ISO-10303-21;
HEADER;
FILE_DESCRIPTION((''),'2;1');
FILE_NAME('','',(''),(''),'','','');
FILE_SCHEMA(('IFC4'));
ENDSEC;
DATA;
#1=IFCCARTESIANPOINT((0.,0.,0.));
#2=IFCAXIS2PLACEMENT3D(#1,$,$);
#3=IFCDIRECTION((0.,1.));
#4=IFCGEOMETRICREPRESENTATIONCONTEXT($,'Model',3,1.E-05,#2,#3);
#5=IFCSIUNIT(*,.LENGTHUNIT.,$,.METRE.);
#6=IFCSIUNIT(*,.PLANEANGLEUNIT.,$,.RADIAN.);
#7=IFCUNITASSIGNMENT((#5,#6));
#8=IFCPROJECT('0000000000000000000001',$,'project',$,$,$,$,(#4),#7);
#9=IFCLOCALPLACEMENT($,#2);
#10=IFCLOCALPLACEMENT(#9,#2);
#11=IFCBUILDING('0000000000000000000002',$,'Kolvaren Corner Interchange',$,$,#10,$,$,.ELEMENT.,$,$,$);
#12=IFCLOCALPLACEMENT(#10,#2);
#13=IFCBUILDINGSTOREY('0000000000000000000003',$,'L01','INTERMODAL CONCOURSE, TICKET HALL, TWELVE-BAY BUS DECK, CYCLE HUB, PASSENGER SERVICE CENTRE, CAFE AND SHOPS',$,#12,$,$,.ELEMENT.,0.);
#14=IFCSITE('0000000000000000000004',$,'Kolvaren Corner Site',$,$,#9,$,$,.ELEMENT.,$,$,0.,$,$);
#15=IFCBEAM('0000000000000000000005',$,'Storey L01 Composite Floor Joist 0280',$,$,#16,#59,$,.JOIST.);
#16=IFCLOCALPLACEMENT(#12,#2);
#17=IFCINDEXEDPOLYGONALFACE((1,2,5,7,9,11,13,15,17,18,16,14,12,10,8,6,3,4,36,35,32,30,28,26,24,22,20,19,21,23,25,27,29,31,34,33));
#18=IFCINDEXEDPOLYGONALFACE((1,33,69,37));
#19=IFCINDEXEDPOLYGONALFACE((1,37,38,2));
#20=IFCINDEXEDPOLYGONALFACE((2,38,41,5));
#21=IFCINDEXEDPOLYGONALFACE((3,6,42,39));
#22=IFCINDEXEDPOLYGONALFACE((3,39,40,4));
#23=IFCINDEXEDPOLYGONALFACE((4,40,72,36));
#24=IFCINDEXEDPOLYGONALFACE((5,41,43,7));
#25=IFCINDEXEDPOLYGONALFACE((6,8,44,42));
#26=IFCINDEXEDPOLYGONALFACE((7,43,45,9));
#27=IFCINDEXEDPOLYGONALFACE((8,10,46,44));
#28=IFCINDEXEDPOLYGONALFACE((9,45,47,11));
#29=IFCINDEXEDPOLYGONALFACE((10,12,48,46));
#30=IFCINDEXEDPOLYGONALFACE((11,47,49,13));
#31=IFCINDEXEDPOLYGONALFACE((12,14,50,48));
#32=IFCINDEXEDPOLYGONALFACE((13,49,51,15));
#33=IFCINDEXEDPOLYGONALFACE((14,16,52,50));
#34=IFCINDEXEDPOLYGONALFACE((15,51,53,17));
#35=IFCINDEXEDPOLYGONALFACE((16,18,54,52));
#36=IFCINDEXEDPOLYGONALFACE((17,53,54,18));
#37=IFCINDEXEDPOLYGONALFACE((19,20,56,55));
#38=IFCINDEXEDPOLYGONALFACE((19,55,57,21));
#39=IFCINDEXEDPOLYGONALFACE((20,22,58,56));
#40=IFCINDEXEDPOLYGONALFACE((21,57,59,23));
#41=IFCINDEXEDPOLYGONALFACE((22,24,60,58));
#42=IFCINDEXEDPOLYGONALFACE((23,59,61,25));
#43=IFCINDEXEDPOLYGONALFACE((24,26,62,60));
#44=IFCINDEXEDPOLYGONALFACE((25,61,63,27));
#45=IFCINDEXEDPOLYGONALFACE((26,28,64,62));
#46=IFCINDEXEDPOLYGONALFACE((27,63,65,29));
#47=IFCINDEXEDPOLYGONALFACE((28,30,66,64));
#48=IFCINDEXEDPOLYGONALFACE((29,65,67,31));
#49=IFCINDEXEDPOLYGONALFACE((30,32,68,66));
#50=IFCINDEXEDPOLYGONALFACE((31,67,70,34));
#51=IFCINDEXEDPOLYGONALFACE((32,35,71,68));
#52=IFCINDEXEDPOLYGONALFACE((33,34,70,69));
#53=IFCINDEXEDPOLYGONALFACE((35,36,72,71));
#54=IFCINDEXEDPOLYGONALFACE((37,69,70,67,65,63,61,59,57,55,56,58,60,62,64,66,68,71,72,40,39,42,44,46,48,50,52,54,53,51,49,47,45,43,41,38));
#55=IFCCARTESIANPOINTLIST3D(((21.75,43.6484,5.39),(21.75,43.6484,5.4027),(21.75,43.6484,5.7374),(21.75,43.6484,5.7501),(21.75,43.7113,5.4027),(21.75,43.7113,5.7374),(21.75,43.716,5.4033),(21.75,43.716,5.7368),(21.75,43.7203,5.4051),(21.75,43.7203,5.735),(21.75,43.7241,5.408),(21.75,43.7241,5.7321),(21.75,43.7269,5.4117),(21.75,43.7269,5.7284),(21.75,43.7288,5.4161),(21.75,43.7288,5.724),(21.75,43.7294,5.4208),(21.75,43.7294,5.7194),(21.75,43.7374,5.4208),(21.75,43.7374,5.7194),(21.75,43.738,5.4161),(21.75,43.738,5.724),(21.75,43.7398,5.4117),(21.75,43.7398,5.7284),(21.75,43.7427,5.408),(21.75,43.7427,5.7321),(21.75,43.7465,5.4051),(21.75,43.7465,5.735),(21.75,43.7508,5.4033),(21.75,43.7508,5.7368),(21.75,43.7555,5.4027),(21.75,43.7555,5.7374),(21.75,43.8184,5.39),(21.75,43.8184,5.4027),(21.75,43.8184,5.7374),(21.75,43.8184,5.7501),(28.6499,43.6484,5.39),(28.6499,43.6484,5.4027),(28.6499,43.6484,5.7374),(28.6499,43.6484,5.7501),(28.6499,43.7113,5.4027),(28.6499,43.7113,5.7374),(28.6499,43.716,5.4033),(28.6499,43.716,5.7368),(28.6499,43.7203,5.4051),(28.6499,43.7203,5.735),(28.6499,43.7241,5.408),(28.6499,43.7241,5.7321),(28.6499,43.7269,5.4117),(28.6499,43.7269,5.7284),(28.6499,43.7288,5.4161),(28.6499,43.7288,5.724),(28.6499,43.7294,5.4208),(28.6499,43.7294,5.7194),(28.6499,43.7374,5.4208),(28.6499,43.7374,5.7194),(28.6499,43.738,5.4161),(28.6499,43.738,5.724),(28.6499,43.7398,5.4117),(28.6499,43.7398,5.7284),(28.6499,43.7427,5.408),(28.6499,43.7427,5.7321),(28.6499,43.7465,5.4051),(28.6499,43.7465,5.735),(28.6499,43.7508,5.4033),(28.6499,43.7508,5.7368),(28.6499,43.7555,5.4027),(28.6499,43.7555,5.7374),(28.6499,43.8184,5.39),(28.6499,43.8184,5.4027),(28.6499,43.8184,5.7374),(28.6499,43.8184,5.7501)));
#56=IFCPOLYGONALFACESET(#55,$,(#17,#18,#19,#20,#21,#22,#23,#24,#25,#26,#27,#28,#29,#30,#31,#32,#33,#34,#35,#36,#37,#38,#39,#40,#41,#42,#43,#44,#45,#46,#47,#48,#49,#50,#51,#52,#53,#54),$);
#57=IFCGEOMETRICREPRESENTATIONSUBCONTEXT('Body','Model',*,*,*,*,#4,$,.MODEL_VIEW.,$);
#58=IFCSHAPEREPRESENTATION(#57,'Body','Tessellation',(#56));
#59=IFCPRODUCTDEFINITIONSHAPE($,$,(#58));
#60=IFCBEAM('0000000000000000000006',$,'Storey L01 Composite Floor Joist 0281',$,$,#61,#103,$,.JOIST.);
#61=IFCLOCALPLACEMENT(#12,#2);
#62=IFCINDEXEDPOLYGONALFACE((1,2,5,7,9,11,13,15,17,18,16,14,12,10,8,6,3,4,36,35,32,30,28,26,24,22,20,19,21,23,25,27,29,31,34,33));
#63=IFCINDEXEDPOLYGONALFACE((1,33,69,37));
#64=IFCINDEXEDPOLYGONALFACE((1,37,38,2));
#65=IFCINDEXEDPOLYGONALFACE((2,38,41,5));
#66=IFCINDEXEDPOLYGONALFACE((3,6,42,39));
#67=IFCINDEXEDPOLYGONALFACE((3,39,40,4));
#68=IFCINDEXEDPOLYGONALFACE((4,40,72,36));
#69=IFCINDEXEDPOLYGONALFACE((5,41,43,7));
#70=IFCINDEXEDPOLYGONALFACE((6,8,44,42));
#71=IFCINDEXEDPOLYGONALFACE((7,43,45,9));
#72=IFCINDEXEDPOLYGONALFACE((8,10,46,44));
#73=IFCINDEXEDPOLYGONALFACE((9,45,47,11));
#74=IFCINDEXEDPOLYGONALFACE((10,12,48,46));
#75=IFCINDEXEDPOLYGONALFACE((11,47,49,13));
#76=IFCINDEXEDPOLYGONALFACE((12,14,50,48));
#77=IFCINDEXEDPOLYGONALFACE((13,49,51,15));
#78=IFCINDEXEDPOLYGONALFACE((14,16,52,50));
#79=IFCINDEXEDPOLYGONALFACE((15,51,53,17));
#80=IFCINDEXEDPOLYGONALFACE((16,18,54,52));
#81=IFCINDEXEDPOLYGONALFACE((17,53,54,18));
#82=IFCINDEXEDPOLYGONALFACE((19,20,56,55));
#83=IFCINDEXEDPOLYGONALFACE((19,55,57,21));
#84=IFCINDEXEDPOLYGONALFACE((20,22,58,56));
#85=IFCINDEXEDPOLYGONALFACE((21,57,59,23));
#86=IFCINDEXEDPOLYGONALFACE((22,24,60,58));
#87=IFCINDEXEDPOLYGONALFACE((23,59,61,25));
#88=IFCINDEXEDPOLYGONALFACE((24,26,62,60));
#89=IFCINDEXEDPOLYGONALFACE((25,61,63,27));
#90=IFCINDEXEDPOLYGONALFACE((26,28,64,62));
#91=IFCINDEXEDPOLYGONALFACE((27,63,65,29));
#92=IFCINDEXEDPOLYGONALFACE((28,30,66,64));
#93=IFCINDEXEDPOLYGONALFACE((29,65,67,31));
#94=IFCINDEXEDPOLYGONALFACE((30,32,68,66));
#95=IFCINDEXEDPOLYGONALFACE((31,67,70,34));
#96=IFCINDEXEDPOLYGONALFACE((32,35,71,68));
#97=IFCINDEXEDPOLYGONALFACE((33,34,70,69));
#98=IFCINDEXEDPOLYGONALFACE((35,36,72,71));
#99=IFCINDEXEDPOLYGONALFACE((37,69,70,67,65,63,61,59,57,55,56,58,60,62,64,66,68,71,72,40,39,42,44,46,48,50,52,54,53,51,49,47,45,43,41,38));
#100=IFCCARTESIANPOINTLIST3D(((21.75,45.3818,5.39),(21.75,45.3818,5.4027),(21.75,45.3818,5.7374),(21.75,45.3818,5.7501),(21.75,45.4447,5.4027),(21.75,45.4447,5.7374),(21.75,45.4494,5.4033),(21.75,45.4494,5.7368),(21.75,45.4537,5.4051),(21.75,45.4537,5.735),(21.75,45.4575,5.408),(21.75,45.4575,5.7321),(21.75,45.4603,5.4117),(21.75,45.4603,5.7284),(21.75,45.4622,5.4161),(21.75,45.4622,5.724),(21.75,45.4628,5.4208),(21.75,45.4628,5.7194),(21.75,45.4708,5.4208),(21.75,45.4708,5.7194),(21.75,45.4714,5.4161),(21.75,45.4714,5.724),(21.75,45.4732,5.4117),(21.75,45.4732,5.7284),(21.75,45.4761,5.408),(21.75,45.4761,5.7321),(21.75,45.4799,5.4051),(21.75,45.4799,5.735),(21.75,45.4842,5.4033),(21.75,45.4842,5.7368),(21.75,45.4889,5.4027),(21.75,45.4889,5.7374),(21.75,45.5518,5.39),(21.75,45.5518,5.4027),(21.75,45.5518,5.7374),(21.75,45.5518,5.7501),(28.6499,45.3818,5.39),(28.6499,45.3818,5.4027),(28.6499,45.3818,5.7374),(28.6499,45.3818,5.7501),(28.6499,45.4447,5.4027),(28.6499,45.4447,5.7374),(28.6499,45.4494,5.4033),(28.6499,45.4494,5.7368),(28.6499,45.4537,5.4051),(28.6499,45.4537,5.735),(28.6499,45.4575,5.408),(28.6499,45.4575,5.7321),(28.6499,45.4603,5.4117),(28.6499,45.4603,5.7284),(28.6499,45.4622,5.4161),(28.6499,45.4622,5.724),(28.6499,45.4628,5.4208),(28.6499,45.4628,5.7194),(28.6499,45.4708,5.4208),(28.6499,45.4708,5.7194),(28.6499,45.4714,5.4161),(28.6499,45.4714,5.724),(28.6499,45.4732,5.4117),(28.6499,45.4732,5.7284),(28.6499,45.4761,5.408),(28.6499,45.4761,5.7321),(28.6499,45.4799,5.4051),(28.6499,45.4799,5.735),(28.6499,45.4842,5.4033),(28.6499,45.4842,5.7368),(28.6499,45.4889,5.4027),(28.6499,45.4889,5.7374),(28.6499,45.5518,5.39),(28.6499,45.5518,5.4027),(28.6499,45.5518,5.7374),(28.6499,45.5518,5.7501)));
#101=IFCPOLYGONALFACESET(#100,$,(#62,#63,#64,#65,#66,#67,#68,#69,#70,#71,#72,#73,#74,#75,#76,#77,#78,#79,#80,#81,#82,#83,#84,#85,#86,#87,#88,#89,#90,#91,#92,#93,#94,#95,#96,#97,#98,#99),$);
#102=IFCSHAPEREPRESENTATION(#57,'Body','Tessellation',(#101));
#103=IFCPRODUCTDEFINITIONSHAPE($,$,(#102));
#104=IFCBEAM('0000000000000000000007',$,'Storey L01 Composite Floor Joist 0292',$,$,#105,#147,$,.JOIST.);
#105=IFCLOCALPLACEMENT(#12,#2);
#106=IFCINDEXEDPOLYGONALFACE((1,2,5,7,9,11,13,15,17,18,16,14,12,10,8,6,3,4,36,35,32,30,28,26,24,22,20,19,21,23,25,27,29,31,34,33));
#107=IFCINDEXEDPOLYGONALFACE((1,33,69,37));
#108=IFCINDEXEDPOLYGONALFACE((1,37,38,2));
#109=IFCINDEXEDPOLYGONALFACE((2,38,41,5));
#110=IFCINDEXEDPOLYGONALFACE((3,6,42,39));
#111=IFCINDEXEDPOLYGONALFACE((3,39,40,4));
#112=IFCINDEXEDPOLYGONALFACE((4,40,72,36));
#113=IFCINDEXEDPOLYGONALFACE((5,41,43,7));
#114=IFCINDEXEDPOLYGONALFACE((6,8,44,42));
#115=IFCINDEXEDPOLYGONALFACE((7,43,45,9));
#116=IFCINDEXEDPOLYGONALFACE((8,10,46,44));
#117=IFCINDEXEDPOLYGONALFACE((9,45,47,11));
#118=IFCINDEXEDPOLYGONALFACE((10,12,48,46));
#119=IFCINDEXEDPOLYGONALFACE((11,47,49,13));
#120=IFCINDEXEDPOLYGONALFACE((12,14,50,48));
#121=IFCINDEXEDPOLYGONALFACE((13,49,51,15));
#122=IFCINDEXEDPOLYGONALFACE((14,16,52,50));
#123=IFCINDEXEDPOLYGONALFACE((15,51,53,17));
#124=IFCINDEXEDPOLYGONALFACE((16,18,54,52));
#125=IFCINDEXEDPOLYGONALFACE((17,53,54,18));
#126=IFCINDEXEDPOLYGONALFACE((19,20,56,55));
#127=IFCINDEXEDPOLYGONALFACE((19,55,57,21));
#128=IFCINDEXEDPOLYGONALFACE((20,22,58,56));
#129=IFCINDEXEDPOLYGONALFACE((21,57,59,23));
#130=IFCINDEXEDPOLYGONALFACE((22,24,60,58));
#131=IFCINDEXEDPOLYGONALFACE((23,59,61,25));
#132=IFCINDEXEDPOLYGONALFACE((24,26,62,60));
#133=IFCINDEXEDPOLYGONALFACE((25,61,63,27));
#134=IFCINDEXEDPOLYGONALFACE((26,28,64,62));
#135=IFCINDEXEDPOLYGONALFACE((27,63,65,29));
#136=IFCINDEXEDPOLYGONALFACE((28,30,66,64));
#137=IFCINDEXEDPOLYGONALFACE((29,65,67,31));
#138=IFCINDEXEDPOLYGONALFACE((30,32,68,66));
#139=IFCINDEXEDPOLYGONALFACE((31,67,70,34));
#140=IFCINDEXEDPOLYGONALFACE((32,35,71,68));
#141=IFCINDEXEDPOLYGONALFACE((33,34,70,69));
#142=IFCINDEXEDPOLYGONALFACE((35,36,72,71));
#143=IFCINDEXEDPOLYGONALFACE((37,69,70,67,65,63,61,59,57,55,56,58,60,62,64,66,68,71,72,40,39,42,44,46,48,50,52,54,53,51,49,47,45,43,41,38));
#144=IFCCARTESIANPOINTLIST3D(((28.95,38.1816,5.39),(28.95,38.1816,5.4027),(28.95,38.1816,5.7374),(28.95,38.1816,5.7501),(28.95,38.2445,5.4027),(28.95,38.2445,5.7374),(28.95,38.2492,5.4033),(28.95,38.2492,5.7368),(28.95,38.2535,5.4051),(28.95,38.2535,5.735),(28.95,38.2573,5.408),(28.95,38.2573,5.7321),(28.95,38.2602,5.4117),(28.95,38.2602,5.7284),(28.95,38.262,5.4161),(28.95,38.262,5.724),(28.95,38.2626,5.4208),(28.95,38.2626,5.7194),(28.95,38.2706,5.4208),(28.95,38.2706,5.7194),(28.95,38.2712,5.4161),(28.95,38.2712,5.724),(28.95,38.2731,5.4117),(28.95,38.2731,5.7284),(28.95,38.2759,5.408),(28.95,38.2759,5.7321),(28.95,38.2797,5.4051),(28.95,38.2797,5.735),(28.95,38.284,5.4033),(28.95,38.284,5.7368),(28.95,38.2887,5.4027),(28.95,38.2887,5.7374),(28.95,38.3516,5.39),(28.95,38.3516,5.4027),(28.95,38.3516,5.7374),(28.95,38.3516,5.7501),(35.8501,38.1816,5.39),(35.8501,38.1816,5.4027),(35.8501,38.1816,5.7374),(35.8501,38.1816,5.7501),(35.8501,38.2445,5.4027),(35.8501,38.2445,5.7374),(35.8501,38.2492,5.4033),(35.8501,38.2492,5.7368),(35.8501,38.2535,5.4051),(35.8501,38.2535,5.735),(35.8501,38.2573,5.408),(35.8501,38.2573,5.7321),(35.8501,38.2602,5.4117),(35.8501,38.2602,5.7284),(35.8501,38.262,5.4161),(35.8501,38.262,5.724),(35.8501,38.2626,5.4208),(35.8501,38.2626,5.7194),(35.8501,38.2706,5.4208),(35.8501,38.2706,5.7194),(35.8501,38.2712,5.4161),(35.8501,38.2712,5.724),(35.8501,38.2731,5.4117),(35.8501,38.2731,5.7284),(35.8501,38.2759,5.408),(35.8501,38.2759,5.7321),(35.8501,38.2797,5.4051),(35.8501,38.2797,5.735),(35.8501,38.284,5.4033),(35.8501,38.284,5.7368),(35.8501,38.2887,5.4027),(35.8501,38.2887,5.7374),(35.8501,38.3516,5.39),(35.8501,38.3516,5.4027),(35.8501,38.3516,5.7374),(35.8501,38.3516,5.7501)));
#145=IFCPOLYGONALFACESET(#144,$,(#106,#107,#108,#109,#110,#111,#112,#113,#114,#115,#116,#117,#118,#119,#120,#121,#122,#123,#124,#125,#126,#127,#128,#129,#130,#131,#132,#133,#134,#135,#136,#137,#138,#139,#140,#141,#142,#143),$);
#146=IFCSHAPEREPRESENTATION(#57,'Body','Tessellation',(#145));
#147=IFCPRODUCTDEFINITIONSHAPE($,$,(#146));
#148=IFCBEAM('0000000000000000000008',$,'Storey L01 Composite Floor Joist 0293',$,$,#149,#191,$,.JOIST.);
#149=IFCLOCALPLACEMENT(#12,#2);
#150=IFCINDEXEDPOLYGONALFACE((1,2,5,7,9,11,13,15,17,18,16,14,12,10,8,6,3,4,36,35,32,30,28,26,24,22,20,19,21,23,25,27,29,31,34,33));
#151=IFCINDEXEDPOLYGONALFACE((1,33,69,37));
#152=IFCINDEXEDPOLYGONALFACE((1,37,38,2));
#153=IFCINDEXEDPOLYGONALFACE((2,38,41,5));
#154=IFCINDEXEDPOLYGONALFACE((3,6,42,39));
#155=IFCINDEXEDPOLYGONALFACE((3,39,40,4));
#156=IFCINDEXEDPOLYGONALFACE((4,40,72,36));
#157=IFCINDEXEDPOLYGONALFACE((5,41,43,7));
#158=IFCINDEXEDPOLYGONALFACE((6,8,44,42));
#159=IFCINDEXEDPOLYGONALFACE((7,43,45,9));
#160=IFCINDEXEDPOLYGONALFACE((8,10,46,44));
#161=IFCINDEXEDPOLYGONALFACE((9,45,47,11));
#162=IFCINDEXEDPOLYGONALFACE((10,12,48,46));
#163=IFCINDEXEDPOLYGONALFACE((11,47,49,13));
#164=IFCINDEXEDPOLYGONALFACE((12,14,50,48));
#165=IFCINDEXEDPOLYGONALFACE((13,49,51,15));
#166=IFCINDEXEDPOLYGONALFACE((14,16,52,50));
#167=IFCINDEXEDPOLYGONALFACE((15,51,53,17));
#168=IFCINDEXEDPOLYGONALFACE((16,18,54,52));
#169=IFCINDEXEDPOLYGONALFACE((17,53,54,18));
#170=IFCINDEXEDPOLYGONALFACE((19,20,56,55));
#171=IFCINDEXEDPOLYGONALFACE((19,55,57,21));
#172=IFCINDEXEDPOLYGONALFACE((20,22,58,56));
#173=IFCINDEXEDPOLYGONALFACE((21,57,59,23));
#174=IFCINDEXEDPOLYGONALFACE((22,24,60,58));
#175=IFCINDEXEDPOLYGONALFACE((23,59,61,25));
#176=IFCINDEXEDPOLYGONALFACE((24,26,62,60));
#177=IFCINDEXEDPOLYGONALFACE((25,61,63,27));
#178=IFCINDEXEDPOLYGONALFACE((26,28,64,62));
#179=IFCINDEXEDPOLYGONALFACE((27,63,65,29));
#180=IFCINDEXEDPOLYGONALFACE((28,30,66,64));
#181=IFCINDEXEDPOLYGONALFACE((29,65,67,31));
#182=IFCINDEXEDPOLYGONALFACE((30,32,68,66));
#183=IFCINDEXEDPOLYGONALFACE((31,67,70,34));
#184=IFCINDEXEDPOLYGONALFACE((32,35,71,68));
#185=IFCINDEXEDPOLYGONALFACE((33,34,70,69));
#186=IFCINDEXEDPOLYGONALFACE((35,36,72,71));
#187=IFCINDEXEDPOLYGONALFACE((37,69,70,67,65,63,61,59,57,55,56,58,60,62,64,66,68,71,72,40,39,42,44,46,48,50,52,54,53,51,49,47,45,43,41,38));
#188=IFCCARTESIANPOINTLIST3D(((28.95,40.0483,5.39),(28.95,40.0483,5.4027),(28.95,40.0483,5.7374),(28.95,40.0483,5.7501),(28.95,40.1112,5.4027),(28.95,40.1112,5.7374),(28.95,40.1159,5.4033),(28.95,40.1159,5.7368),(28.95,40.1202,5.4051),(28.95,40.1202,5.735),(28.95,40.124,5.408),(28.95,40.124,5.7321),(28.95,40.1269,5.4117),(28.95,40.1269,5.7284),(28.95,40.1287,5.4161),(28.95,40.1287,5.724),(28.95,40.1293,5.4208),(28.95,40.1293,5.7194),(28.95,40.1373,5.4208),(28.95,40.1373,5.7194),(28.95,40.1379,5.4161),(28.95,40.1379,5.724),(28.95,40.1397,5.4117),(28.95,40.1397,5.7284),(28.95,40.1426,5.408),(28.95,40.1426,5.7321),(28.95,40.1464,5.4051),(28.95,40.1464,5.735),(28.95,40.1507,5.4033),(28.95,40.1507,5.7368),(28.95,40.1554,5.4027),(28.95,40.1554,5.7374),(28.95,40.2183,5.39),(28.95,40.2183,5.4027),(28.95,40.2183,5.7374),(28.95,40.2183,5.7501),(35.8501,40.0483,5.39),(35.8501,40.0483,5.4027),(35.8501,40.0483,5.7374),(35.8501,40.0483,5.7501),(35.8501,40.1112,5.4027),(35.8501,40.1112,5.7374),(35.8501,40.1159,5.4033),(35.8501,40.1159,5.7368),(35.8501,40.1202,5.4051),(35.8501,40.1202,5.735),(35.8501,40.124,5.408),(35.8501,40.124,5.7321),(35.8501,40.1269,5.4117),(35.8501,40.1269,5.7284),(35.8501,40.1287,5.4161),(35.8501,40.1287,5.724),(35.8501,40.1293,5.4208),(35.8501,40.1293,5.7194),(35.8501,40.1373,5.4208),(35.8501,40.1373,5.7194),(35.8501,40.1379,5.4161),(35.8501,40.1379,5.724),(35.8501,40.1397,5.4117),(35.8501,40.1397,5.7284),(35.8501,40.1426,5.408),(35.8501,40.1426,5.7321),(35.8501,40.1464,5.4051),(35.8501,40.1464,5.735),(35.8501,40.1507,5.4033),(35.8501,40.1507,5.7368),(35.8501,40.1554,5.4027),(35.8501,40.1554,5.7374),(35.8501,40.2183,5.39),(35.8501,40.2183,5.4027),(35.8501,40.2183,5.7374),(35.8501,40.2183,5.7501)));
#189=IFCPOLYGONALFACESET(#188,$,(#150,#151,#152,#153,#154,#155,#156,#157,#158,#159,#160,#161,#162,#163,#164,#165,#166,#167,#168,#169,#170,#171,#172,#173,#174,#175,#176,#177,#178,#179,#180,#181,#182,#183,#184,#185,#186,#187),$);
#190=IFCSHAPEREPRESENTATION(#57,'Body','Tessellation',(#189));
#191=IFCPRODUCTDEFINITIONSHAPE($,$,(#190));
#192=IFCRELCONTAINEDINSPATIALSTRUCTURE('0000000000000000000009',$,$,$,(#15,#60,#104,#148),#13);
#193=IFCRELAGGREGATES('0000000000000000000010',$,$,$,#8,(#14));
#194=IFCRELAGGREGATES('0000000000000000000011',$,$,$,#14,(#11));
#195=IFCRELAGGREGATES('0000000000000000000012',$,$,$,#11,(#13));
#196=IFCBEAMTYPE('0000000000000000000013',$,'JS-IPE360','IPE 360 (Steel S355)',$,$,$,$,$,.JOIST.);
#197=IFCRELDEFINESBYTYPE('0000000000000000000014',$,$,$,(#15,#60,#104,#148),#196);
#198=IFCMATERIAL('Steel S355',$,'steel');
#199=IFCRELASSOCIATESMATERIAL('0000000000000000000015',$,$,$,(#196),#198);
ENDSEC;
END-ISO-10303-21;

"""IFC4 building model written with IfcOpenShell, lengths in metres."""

from ifc_helpers import new_model, si_unit, direction, frame, origin, origin_2d, place, context, subcontext, project, spatial, i_section, extrude, material, material_profile, profile_set, type_object, element, save


model = new_model("IFC4")

# Units and contexts
model_context = context("Model", 3, precision=1e-05, world=origin(), true_north=direction((0.0, 1.0)))
body_context = subcontext(model_context, "Body", "Model", "MODEL_VIEW")
ifc_project = project(units=[si_unit("LENGTHUNIT", "METRE"), si_unit("PLANEANGLEUNIT", "RADIAN")], contexts=[model_context])

# Site, building, storey
site_placement = place(None, origin())
site = spatial("IfcSite", under=ifc_project, at=site_placement, Name="Kolvaren Corner Site", CompositionType="ELEMENT", RefElevation=0.0)
building_placement = place(site_placement, origin())
building = spatial("IfcBuilding", under=site, at=building_placement, Name="Kolvaren Corner Interchange", CompositionType="ELEMENT")
storey_placement = place(building_placement, origin())
storey = spatial("IfcBuildingStorey", under=building, at=storey_placement, Name="L01", Description="INTERMODAL CONCOURSE, TICKET HALL, TWELVE-BAY BUS DECK, CYCLE HUB, PASSENGER SERVICE CENTRE, CAFE AND SHOPS", CompositionType="ELEMENT", Elevation=0.0)

# Beams
ifc_material_1 = material(Name="Steel S355", Category="steel")
ifc_material_profile_1 = material_profile(ifc_material_1, i_section(OverallWidth=0.1699, OverallDepth=0.3601, WebThickness=0.0081, FlangeThickness=0.0127, FilletRadius=0.0181, at=origin_2d()), Name="IPE 360")
ifc_profile_set_1 = profile_set([ifc_material_profile_1], Name="Steel S355")
beam_type_1 = type_object("IfcBeamType", Name="JS-IPE360", Description="IPE 360 (Steel S355)", PredefinedType="JOIST", material=ifc_profile_set_1)
for number, where, z_axis, x_axis, name in (
    (1, (21.75, 43.7334, 5.5701), (1.0, 0.0, 0.0), (0.0, 1.0, 0.0), "Storey L01 Composite Floor Joist 0280"),
    (2, (21.75, 45.4668, 5.5701), (1.0, 0.0, 0.0), (0.0, 1.0, 0.0), "Storey L01 Composite Floor Joist 0281"),
):
    element("IfcBeam", number, at=place(storey_placement, frame(where, z_axis=z_axis, x_axis=x_axis)), inside=storey, type_object=beam_type_1, Name=name, PredefinedType="JOIST", context=body_context, shape_type="SweptSolid", body=[
        extrude(i_section(OverallWidth=0.1699, OverallDepth=0.3601, WebThickness=0.0081, FlangeThickness=0.0127, FilletRadius=0.0181, at=origin_2d()), origin(), (0.0, 0.0, 1.0), 6.8999),
    ])
for number, where, z_axis, x_axis, name in (
    (3, (28.95, 38.2666, 5.5701), (1.0, 0.0, 0.0), (0.0, 1.0, 0.0), "Storey L01 Composite Floor Joist 0292"),
    (4, (28.95, 40.1333, 5.5701), (1.0, 0.0, 0.0), (0.0, 1.0, 0.0), "Storey L01 Composite Floor Joist 0293"),
):
    element("IfcBeam", number, at=place(storey_placement, frame(where, z_axis=z_axis, x_axis=x_axis)), inside=storey, type_object=beam_type_1, Name=name, PredefinedType="JOIST", context=body_context, shape_type="SweptSolid", body=[
        extrude(i_section(OverallWidth=0.1699, OverallDepth=0.3601, WebThickness=0.0081, FlangeThickness=0.0127, FilletRadius=0.0181, at=origin_2d()), origin(), (0.0, 0.0, 1.0), 6.9001),
    ])

save(model, "model.ifc")
